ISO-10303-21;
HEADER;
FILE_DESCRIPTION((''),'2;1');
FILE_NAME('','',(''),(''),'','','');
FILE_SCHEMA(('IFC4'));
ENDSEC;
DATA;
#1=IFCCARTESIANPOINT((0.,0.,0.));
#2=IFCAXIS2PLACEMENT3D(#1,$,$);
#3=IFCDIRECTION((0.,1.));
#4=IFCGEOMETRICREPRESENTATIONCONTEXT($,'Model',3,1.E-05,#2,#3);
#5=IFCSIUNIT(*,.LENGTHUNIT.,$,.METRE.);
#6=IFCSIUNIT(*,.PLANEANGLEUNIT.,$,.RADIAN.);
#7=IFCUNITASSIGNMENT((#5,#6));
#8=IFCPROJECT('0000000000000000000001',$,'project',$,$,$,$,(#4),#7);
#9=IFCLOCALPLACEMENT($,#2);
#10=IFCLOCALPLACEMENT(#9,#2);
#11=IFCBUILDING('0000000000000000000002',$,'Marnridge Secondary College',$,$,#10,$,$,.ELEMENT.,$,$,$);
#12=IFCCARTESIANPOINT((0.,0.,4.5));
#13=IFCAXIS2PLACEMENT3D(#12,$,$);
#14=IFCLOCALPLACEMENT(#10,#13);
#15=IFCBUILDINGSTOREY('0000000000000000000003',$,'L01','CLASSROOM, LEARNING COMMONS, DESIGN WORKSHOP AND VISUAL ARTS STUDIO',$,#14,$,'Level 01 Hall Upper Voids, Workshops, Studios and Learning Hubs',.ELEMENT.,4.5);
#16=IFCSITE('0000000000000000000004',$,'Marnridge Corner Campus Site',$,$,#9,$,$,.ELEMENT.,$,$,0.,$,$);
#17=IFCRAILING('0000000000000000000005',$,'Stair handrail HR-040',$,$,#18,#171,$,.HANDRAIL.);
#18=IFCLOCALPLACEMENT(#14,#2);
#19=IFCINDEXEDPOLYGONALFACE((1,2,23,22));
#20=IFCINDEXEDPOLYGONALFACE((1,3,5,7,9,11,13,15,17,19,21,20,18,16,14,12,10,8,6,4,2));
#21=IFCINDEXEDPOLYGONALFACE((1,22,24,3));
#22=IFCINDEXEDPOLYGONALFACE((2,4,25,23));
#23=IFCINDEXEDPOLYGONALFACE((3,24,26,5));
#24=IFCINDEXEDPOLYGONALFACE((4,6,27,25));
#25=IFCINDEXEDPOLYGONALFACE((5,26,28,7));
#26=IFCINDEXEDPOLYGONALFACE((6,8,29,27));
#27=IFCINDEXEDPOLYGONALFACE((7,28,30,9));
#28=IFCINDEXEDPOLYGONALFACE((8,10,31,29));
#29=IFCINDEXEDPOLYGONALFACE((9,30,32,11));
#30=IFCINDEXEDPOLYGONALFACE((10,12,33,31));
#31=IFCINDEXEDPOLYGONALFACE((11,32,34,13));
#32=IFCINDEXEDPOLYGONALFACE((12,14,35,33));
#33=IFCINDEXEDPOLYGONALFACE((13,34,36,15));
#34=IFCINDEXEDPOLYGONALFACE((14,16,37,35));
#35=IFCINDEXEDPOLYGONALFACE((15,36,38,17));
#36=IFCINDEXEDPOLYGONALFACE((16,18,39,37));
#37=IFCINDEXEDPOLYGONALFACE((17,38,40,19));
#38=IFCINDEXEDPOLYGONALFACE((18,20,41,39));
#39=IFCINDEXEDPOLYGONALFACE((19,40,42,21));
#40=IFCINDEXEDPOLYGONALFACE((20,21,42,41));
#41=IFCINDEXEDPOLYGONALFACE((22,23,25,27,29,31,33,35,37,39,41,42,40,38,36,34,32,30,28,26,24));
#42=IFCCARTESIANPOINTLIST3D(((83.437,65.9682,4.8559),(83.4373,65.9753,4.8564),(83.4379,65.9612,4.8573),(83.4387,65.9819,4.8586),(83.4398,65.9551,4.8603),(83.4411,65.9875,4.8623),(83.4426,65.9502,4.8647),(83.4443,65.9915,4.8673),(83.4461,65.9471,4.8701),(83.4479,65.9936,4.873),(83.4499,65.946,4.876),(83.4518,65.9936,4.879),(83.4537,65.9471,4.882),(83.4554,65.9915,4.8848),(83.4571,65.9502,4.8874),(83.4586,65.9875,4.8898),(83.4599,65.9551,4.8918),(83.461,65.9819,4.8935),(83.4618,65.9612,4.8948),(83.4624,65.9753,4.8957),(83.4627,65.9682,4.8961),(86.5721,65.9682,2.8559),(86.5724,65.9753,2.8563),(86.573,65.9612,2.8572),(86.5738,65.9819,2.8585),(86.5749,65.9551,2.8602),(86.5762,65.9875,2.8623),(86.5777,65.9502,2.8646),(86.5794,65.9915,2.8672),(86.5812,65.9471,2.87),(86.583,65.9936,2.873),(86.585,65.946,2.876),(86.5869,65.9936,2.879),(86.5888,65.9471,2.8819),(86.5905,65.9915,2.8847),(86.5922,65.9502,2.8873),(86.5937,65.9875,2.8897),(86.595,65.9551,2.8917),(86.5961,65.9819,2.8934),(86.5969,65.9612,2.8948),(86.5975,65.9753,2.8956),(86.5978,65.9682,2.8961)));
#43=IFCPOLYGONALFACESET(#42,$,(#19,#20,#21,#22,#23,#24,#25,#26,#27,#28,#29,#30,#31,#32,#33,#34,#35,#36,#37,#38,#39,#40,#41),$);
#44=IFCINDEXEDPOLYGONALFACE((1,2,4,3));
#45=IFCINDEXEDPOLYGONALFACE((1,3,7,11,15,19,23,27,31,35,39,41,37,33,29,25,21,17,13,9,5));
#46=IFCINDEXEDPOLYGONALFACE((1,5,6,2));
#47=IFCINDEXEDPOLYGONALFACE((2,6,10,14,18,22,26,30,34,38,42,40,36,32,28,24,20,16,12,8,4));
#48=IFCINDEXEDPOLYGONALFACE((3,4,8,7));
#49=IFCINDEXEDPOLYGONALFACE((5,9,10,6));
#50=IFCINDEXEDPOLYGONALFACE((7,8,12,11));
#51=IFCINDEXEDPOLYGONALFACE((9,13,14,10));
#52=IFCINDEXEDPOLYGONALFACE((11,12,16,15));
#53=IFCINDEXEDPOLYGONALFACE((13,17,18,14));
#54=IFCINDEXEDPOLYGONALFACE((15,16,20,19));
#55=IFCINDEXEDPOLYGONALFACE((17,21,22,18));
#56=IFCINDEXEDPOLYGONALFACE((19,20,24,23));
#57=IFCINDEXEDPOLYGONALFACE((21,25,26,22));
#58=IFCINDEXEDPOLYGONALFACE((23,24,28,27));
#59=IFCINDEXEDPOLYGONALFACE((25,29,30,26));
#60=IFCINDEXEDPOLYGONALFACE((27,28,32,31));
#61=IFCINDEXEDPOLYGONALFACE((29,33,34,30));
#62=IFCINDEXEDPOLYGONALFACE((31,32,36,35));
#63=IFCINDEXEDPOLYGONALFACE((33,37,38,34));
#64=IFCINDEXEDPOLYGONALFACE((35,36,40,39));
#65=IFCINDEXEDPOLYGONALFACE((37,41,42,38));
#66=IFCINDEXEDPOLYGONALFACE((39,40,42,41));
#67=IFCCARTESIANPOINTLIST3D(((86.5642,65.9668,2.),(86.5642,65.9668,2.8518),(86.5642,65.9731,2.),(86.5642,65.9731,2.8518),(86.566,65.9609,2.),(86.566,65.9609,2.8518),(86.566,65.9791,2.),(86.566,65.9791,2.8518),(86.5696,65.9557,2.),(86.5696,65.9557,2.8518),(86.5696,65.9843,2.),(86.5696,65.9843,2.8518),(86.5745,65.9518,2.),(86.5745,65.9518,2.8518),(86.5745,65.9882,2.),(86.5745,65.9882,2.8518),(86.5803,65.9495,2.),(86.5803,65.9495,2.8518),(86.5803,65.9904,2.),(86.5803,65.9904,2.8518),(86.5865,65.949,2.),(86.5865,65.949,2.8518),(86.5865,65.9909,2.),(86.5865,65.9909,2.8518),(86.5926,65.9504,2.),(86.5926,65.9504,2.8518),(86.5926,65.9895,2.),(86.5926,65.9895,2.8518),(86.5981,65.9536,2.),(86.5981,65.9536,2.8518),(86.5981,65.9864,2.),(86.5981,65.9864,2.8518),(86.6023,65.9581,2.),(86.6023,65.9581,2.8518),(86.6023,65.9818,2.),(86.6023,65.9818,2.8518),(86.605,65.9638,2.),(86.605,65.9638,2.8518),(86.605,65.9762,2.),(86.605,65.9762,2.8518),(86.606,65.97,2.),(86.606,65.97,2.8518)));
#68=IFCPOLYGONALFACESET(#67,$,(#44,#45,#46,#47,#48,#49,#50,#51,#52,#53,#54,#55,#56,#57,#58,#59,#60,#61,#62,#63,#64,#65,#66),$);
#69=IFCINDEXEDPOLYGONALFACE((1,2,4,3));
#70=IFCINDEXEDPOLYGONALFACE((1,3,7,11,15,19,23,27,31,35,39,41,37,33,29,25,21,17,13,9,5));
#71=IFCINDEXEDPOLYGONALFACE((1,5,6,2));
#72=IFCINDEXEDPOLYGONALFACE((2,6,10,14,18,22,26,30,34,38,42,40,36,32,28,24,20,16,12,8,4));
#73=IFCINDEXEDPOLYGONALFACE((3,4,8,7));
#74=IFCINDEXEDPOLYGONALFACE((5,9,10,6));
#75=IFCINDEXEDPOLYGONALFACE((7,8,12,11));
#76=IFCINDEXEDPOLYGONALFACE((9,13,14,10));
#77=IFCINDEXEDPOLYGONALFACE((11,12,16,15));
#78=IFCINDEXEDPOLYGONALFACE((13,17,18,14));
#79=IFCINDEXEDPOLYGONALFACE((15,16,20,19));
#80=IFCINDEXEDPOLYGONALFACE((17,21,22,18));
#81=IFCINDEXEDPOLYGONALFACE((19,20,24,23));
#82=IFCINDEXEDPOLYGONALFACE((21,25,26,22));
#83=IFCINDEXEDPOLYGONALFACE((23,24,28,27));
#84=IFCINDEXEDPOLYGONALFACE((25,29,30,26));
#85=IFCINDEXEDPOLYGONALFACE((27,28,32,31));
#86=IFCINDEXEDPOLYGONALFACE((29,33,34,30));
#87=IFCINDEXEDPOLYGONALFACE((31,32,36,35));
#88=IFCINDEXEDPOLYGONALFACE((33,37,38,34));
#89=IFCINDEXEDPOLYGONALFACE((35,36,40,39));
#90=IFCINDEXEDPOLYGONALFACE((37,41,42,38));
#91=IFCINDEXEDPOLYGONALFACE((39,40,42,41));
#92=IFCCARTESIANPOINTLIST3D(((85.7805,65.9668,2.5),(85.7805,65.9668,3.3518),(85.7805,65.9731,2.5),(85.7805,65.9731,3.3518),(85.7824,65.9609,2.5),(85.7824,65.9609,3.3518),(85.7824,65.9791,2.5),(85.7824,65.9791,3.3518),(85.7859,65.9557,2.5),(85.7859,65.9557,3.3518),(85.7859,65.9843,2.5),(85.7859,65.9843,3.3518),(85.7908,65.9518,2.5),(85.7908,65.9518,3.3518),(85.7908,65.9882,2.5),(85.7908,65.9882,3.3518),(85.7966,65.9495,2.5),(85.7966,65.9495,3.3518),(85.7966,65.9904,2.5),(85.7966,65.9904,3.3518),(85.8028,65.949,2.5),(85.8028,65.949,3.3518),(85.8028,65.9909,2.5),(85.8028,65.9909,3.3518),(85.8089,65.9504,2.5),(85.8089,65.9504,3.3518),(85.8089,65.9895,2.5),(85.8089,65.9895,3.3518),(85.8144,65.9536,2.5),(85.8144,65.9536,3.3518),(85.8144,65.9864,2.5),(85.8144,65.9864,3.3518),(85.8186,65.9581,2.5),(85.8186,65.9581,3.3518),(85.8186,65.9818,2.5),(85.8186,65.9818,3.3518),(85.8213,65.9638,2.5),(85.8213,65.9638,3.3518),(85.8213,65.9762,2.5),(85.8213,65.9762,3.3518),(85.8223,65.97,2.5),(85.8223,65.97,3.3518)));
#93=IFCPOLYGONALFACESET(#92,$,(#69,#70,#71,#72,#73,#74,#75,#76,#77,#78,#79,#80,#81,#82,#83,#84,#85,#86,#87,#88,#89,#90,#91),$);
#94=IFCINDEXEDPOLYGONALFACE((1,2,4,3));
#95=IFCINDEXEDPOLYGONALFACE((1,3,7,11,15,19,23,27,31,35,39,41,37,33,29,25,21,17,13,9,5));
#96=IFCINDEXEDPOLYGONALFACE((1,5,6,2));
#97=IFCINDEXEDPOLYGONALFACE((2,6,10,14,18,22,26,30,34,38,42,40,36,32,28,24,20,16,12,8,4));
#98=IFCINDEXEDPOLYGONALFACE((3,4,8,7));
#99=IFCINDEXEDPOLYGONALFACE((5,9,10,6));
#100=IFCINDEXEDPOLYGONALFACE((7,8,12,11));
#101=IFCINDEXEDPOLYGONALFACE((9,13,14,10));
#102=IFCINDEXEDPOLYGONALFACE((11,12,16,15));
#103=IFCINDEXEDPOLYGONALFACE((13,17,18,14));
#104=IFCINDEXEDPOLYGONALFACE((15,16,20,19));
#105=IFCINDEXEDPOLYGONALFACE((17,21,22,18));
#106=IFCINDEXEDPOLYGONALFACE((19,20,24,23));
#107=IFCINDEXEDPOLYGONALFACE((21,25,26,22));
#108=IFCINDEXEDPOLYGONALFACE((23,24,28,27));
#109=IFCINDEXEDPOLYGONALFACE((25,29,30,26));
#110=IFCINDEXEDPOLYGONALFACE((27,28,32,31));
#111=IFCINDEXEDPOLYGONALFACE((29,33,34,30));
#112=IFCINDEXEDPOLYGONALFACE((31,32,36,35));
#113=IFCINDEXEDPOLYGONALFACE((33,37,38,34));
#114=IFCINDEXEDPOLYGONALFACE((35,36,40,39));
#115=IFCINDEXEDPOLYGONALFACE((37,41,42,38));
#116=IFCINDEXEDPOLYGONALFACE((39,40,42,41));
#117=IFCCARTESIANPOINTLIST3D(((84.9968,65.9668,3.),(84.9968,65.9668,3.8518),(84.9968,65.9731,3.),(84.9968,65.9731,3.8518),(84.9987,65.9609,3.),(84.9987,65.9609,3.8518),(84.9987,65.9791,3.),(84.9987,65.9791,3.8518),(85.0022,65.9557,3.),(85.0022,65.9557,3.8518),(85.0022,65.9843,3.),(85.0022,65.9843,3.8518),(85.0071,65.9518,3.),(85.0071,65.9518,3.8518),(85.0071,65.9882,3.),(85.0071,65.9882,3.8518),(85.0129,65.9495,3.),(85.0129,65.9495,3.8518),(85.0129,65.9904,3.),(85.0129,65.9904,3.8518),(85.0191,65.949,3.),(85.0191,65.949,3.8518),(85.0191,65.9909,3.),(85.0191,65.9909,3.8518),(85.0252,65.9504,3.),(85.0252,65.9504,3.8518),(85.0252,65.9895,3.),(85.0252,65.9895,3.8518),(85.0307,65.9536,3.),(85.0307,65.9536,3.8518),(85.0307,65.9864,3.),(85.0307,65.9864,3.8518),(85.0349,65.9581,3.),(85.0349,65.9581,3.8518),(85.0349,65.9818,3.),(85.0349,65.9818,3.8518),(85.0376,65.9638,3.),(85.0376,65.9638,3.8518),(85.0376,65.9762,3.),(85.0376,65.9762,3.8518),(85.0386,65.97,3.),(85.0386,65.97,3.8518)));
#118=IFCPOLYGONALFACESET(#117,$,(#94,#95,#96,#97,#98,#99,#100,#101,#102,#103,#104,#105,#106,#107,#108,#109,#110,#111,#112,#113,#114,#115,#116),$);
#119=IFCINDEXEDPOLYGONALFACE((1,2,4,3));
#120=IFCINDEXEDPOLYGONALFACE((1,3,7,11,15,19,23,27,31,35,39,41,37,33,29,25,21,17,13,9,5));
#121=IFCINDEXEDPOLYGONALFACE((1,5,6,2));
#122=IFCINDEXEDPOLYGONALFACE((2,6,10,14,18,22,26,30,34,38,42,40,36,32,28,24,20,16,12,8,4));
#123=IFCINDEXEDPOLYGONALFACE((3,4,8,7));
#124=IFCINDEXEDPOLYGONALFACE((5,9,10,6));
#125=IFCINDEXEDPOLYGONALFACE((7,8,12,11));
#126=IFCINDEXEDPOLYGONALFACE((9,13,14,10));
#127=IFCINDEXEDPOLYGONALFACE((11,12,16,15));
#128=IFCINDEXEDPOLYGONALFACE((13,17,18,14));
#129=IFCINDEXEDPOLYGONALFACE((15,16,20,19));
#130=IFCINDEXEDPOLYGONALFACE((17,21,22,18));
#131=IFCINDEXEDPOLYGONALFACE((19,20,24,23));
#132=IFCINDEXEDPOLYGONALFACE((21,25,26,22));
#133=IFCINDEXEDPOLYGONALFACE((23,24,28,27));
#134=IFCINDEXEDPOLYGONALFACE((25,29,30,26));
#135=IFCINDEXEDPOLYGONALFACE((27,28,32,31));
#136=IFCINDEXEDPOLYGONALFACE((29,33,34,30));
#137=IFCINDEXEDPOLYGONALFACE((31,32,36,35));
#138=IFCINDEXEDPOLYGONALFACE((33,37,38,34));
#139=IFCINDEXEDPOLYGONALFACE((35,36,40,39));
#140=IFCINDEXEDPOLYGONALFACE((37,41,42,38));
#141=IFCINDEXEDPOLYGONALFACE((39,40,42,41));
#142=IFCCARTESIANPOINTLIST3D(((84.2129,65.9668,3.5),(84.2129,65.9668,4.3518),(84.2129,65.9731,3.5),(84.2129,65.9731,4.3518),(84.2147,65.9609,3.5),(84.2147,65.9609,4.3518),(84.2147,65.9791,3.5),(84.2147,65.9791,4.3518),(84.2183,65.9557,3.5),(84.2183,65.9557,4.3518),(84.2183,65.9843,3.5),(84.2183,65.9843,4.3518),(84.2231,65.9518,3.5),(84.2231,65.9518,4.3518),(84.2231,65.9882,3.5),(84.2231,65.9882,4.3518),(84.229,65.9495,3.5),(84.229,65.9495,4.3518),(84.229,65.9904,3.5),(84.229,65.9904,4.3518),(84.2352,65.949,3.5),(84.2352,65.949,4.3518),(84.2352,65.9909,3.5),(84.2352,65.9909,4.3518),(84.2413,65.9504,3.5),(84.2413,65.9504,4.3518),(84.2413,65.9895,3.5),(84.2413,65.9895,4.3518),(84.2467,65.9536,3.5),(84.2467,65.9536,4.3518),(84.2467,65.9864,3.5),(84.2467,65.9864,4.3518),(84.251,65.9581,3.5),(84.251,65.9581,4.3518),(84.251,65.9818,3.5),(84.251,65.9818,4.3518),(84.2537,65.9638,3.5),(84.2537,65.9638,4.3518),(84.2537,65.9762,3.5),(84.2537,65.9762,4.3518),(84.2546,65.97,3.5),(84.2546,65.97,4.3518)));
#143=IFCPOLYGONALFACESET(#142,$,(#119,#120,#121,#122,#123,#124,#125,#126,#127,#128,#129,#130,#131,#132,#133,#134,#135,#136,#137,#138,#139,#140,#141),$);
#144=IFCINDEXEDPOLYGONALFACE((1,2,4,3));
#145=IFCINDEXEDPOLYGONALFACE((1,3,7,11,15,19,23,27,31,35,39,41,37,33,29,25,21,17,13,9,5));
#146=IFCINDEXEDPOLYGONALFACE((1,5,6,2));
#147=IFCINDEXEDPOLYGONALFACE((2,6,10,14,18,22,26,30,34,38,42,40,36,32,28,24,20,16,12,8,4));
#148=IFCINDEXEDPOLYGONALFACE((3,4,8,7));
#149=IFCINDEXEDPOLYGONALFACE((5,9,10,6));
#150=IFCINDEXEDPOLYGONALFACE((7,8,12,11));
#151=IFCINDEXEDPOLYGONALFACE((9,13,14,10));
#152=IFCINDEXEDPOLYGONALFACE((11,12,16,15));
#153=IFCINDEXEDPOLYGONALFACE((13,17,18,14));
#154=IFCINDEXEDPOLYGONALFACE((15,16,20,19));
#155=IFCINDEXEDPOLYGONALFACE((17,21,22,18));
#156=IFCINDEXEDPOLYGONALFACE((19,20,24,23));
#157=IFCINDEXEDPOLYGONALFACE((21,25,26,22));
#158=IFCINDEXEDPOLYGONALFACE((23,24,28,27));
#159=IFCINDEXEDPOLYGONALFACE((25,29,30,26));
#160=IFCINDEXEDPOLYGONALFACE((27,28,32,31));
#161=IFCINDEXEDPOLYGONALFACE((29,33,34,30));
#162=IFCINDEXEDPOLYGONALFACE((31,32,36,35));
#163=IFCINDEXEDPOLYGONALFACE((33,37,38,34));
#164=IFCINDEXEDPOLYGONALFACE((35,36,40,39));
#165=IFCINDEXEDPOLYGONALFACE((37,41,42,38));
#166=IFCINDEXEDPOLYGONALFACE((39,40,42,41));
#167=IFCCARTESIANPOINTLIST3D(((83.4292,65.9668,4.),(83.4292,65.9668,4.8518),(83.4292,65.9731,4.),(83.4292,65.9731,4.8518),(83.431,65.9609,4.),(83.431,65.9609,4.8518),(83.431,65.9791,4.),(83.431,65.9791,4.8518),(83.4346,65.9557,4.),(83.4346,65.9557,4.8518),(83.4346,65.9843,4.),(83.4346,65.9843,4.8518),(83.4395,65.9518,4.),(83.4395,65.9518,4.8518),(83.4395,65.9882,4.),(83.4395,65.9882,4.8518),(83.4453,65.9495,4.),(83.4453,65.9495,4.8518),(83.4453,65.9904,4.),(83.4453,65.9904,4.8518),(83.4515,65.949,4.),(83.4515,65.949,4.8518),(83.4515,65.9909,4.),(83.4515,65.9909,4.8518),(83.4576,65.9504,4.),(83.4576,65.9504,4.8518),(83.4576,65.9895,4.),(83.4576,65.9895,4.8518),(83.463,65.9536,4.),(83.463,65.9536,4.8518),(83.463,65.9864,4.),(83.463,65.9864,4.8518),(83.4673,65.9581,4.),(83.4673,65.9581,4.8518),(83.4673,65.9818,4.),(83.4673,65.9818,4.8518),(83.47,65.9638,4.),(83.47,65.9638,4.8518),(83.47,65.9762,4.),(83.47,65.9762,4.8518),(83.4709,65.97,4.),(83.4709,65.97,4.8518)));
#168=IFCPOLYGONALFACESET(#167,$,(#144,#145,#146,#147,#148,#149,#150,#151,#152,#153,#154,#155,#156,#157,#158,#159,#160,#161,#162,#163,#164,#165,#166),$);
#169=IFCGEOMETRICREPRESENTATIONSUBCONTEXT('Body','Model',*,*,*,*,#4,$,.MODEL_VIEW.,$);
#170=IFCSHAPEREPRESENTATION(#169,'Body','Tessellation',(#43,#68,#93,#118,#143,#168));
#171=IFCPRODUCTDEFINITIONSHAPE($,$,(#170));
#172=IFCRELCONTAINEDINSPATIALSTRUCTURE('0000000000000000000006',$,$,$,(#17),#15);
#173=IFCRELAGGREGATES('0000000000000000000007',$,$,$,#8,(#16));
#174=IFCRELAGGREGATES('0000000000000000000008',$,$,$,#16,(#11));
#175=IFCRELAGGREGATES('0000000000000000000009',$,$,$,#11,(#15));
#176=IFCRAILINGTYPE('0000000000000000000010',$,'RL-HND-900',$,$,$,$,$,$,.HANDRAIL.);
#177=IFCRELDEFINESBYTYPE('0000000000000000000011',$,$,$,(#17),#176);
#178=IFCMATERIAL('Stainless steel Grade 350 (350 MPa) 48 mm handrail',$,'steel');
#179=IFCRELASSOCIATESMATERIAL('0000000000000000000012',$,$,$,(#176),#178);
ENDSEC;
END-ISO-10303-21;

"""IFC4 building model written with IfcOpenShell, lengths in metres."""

from ifc_helpers import new_model, si_unit, direction, frame, origin, origin_2d, place, context, subcontext, project, spatial, circle, extrude, material, type_object, element, save


model = new_model("IFC4")

# Units and contexts
model_context = context("Model", 3, precision=1e-05, world=origin(), true_north=direction((0.0, 1.0)))
body_context = subcontext(model_context, "Body", "Model", "MODEL_VIEW")
ifc_project = project(units=[si_unit("LENGTHUNIT", "METRE"), si_unit("PLANEANGLEUNIT", "RADIAN")], contexts=[model_context])

# Site, building, storey
site_placement = place(None, origin())
site = spatial("IfcSite", under=ifc_project, at=site_placement, Name="Marnridge Corner Campus Site", CompositionType="ELEMENT", RefElevation=0.0)
building_placement = place(site_placement, origin())
building = spatial("IfcBuilding", under=site, at=building_placement, Name="Marnridge Secondary College", CompositionType="ELEMENT")
storey_placement = place(building_placement, frame((0.0, 0.0, 4.5)))
storey = spatial("IfcBuildingStorey", under=building, at=storey_placement, Name="L01", Description="CLASSROOM, LEARNING COMMONS, DESIGN WORKSHOP AND VISUAL ARTS STUDIO", LongName="Level 01 Hall Upper Voids, Workshops, Studios and Learning Hubs", CompositionType="ELEMENT", Elevation=4.5)

# Railing
ifc_material_1 = material(Name="Stainless steel Grade 350 (350 MPa) 48 mm handrail", Category="steel")
railing_type_1 = type_object("IfcRailingType", Name="RL-HND-900", PredefinedType="HANDRAIL", material=ifc_material_1)
for number, where, name in (
    (1, (86.585, 65.97, 2.0), "Stair handrail HR-040"),
):
    element("IfcRailing", number, at=place(storey_placement, frame(where)), inside=storey, type_object=railing_type_1, Name=name, PredefinedType="HANDRAIL", context=body_context, shape_type="SweptSolid", body=[
        extrude(circle(Radius=0.0239, at=origin_2d()), frame((0.0, 0.0, 0.876), z_axis=(-0.843053, 0.0, 0.537831), x_axis=(0.0, -1.0, 0.0)), (0.0, 0.0, 1.0), 3.7188),
        extrude(circle(Radius=0.021, at=origin_2d()), origin(), (0.0, 0.0, 1.0), 0.8518),
        extrude(circle(Radius=0.021, at=origin_2d()), frame((-0.7837, 0.0, 0.5)), (0.0, 0.0, 1.0), 0.8518),
        extrude(circle(Radius=0.021, at=origin_2d()), frame((-1.5674, 0.0, 1.0)), (0.0, 0.0, 1.0), 0.8518),
        extrude(circle(Radius=0.021, at=origin_2d()), frame((-2.3513, 0.0, 1.5)), (0.0, 0.0, 1.0), 0.8518),
        extrude(circle(Radius=0.021, at=origin_2d()), frame((-3.135, 0.0, 2.0)), (0.0, 0.0, 1.0), 0.8518),
    ])

save(model, "model.ifc")
